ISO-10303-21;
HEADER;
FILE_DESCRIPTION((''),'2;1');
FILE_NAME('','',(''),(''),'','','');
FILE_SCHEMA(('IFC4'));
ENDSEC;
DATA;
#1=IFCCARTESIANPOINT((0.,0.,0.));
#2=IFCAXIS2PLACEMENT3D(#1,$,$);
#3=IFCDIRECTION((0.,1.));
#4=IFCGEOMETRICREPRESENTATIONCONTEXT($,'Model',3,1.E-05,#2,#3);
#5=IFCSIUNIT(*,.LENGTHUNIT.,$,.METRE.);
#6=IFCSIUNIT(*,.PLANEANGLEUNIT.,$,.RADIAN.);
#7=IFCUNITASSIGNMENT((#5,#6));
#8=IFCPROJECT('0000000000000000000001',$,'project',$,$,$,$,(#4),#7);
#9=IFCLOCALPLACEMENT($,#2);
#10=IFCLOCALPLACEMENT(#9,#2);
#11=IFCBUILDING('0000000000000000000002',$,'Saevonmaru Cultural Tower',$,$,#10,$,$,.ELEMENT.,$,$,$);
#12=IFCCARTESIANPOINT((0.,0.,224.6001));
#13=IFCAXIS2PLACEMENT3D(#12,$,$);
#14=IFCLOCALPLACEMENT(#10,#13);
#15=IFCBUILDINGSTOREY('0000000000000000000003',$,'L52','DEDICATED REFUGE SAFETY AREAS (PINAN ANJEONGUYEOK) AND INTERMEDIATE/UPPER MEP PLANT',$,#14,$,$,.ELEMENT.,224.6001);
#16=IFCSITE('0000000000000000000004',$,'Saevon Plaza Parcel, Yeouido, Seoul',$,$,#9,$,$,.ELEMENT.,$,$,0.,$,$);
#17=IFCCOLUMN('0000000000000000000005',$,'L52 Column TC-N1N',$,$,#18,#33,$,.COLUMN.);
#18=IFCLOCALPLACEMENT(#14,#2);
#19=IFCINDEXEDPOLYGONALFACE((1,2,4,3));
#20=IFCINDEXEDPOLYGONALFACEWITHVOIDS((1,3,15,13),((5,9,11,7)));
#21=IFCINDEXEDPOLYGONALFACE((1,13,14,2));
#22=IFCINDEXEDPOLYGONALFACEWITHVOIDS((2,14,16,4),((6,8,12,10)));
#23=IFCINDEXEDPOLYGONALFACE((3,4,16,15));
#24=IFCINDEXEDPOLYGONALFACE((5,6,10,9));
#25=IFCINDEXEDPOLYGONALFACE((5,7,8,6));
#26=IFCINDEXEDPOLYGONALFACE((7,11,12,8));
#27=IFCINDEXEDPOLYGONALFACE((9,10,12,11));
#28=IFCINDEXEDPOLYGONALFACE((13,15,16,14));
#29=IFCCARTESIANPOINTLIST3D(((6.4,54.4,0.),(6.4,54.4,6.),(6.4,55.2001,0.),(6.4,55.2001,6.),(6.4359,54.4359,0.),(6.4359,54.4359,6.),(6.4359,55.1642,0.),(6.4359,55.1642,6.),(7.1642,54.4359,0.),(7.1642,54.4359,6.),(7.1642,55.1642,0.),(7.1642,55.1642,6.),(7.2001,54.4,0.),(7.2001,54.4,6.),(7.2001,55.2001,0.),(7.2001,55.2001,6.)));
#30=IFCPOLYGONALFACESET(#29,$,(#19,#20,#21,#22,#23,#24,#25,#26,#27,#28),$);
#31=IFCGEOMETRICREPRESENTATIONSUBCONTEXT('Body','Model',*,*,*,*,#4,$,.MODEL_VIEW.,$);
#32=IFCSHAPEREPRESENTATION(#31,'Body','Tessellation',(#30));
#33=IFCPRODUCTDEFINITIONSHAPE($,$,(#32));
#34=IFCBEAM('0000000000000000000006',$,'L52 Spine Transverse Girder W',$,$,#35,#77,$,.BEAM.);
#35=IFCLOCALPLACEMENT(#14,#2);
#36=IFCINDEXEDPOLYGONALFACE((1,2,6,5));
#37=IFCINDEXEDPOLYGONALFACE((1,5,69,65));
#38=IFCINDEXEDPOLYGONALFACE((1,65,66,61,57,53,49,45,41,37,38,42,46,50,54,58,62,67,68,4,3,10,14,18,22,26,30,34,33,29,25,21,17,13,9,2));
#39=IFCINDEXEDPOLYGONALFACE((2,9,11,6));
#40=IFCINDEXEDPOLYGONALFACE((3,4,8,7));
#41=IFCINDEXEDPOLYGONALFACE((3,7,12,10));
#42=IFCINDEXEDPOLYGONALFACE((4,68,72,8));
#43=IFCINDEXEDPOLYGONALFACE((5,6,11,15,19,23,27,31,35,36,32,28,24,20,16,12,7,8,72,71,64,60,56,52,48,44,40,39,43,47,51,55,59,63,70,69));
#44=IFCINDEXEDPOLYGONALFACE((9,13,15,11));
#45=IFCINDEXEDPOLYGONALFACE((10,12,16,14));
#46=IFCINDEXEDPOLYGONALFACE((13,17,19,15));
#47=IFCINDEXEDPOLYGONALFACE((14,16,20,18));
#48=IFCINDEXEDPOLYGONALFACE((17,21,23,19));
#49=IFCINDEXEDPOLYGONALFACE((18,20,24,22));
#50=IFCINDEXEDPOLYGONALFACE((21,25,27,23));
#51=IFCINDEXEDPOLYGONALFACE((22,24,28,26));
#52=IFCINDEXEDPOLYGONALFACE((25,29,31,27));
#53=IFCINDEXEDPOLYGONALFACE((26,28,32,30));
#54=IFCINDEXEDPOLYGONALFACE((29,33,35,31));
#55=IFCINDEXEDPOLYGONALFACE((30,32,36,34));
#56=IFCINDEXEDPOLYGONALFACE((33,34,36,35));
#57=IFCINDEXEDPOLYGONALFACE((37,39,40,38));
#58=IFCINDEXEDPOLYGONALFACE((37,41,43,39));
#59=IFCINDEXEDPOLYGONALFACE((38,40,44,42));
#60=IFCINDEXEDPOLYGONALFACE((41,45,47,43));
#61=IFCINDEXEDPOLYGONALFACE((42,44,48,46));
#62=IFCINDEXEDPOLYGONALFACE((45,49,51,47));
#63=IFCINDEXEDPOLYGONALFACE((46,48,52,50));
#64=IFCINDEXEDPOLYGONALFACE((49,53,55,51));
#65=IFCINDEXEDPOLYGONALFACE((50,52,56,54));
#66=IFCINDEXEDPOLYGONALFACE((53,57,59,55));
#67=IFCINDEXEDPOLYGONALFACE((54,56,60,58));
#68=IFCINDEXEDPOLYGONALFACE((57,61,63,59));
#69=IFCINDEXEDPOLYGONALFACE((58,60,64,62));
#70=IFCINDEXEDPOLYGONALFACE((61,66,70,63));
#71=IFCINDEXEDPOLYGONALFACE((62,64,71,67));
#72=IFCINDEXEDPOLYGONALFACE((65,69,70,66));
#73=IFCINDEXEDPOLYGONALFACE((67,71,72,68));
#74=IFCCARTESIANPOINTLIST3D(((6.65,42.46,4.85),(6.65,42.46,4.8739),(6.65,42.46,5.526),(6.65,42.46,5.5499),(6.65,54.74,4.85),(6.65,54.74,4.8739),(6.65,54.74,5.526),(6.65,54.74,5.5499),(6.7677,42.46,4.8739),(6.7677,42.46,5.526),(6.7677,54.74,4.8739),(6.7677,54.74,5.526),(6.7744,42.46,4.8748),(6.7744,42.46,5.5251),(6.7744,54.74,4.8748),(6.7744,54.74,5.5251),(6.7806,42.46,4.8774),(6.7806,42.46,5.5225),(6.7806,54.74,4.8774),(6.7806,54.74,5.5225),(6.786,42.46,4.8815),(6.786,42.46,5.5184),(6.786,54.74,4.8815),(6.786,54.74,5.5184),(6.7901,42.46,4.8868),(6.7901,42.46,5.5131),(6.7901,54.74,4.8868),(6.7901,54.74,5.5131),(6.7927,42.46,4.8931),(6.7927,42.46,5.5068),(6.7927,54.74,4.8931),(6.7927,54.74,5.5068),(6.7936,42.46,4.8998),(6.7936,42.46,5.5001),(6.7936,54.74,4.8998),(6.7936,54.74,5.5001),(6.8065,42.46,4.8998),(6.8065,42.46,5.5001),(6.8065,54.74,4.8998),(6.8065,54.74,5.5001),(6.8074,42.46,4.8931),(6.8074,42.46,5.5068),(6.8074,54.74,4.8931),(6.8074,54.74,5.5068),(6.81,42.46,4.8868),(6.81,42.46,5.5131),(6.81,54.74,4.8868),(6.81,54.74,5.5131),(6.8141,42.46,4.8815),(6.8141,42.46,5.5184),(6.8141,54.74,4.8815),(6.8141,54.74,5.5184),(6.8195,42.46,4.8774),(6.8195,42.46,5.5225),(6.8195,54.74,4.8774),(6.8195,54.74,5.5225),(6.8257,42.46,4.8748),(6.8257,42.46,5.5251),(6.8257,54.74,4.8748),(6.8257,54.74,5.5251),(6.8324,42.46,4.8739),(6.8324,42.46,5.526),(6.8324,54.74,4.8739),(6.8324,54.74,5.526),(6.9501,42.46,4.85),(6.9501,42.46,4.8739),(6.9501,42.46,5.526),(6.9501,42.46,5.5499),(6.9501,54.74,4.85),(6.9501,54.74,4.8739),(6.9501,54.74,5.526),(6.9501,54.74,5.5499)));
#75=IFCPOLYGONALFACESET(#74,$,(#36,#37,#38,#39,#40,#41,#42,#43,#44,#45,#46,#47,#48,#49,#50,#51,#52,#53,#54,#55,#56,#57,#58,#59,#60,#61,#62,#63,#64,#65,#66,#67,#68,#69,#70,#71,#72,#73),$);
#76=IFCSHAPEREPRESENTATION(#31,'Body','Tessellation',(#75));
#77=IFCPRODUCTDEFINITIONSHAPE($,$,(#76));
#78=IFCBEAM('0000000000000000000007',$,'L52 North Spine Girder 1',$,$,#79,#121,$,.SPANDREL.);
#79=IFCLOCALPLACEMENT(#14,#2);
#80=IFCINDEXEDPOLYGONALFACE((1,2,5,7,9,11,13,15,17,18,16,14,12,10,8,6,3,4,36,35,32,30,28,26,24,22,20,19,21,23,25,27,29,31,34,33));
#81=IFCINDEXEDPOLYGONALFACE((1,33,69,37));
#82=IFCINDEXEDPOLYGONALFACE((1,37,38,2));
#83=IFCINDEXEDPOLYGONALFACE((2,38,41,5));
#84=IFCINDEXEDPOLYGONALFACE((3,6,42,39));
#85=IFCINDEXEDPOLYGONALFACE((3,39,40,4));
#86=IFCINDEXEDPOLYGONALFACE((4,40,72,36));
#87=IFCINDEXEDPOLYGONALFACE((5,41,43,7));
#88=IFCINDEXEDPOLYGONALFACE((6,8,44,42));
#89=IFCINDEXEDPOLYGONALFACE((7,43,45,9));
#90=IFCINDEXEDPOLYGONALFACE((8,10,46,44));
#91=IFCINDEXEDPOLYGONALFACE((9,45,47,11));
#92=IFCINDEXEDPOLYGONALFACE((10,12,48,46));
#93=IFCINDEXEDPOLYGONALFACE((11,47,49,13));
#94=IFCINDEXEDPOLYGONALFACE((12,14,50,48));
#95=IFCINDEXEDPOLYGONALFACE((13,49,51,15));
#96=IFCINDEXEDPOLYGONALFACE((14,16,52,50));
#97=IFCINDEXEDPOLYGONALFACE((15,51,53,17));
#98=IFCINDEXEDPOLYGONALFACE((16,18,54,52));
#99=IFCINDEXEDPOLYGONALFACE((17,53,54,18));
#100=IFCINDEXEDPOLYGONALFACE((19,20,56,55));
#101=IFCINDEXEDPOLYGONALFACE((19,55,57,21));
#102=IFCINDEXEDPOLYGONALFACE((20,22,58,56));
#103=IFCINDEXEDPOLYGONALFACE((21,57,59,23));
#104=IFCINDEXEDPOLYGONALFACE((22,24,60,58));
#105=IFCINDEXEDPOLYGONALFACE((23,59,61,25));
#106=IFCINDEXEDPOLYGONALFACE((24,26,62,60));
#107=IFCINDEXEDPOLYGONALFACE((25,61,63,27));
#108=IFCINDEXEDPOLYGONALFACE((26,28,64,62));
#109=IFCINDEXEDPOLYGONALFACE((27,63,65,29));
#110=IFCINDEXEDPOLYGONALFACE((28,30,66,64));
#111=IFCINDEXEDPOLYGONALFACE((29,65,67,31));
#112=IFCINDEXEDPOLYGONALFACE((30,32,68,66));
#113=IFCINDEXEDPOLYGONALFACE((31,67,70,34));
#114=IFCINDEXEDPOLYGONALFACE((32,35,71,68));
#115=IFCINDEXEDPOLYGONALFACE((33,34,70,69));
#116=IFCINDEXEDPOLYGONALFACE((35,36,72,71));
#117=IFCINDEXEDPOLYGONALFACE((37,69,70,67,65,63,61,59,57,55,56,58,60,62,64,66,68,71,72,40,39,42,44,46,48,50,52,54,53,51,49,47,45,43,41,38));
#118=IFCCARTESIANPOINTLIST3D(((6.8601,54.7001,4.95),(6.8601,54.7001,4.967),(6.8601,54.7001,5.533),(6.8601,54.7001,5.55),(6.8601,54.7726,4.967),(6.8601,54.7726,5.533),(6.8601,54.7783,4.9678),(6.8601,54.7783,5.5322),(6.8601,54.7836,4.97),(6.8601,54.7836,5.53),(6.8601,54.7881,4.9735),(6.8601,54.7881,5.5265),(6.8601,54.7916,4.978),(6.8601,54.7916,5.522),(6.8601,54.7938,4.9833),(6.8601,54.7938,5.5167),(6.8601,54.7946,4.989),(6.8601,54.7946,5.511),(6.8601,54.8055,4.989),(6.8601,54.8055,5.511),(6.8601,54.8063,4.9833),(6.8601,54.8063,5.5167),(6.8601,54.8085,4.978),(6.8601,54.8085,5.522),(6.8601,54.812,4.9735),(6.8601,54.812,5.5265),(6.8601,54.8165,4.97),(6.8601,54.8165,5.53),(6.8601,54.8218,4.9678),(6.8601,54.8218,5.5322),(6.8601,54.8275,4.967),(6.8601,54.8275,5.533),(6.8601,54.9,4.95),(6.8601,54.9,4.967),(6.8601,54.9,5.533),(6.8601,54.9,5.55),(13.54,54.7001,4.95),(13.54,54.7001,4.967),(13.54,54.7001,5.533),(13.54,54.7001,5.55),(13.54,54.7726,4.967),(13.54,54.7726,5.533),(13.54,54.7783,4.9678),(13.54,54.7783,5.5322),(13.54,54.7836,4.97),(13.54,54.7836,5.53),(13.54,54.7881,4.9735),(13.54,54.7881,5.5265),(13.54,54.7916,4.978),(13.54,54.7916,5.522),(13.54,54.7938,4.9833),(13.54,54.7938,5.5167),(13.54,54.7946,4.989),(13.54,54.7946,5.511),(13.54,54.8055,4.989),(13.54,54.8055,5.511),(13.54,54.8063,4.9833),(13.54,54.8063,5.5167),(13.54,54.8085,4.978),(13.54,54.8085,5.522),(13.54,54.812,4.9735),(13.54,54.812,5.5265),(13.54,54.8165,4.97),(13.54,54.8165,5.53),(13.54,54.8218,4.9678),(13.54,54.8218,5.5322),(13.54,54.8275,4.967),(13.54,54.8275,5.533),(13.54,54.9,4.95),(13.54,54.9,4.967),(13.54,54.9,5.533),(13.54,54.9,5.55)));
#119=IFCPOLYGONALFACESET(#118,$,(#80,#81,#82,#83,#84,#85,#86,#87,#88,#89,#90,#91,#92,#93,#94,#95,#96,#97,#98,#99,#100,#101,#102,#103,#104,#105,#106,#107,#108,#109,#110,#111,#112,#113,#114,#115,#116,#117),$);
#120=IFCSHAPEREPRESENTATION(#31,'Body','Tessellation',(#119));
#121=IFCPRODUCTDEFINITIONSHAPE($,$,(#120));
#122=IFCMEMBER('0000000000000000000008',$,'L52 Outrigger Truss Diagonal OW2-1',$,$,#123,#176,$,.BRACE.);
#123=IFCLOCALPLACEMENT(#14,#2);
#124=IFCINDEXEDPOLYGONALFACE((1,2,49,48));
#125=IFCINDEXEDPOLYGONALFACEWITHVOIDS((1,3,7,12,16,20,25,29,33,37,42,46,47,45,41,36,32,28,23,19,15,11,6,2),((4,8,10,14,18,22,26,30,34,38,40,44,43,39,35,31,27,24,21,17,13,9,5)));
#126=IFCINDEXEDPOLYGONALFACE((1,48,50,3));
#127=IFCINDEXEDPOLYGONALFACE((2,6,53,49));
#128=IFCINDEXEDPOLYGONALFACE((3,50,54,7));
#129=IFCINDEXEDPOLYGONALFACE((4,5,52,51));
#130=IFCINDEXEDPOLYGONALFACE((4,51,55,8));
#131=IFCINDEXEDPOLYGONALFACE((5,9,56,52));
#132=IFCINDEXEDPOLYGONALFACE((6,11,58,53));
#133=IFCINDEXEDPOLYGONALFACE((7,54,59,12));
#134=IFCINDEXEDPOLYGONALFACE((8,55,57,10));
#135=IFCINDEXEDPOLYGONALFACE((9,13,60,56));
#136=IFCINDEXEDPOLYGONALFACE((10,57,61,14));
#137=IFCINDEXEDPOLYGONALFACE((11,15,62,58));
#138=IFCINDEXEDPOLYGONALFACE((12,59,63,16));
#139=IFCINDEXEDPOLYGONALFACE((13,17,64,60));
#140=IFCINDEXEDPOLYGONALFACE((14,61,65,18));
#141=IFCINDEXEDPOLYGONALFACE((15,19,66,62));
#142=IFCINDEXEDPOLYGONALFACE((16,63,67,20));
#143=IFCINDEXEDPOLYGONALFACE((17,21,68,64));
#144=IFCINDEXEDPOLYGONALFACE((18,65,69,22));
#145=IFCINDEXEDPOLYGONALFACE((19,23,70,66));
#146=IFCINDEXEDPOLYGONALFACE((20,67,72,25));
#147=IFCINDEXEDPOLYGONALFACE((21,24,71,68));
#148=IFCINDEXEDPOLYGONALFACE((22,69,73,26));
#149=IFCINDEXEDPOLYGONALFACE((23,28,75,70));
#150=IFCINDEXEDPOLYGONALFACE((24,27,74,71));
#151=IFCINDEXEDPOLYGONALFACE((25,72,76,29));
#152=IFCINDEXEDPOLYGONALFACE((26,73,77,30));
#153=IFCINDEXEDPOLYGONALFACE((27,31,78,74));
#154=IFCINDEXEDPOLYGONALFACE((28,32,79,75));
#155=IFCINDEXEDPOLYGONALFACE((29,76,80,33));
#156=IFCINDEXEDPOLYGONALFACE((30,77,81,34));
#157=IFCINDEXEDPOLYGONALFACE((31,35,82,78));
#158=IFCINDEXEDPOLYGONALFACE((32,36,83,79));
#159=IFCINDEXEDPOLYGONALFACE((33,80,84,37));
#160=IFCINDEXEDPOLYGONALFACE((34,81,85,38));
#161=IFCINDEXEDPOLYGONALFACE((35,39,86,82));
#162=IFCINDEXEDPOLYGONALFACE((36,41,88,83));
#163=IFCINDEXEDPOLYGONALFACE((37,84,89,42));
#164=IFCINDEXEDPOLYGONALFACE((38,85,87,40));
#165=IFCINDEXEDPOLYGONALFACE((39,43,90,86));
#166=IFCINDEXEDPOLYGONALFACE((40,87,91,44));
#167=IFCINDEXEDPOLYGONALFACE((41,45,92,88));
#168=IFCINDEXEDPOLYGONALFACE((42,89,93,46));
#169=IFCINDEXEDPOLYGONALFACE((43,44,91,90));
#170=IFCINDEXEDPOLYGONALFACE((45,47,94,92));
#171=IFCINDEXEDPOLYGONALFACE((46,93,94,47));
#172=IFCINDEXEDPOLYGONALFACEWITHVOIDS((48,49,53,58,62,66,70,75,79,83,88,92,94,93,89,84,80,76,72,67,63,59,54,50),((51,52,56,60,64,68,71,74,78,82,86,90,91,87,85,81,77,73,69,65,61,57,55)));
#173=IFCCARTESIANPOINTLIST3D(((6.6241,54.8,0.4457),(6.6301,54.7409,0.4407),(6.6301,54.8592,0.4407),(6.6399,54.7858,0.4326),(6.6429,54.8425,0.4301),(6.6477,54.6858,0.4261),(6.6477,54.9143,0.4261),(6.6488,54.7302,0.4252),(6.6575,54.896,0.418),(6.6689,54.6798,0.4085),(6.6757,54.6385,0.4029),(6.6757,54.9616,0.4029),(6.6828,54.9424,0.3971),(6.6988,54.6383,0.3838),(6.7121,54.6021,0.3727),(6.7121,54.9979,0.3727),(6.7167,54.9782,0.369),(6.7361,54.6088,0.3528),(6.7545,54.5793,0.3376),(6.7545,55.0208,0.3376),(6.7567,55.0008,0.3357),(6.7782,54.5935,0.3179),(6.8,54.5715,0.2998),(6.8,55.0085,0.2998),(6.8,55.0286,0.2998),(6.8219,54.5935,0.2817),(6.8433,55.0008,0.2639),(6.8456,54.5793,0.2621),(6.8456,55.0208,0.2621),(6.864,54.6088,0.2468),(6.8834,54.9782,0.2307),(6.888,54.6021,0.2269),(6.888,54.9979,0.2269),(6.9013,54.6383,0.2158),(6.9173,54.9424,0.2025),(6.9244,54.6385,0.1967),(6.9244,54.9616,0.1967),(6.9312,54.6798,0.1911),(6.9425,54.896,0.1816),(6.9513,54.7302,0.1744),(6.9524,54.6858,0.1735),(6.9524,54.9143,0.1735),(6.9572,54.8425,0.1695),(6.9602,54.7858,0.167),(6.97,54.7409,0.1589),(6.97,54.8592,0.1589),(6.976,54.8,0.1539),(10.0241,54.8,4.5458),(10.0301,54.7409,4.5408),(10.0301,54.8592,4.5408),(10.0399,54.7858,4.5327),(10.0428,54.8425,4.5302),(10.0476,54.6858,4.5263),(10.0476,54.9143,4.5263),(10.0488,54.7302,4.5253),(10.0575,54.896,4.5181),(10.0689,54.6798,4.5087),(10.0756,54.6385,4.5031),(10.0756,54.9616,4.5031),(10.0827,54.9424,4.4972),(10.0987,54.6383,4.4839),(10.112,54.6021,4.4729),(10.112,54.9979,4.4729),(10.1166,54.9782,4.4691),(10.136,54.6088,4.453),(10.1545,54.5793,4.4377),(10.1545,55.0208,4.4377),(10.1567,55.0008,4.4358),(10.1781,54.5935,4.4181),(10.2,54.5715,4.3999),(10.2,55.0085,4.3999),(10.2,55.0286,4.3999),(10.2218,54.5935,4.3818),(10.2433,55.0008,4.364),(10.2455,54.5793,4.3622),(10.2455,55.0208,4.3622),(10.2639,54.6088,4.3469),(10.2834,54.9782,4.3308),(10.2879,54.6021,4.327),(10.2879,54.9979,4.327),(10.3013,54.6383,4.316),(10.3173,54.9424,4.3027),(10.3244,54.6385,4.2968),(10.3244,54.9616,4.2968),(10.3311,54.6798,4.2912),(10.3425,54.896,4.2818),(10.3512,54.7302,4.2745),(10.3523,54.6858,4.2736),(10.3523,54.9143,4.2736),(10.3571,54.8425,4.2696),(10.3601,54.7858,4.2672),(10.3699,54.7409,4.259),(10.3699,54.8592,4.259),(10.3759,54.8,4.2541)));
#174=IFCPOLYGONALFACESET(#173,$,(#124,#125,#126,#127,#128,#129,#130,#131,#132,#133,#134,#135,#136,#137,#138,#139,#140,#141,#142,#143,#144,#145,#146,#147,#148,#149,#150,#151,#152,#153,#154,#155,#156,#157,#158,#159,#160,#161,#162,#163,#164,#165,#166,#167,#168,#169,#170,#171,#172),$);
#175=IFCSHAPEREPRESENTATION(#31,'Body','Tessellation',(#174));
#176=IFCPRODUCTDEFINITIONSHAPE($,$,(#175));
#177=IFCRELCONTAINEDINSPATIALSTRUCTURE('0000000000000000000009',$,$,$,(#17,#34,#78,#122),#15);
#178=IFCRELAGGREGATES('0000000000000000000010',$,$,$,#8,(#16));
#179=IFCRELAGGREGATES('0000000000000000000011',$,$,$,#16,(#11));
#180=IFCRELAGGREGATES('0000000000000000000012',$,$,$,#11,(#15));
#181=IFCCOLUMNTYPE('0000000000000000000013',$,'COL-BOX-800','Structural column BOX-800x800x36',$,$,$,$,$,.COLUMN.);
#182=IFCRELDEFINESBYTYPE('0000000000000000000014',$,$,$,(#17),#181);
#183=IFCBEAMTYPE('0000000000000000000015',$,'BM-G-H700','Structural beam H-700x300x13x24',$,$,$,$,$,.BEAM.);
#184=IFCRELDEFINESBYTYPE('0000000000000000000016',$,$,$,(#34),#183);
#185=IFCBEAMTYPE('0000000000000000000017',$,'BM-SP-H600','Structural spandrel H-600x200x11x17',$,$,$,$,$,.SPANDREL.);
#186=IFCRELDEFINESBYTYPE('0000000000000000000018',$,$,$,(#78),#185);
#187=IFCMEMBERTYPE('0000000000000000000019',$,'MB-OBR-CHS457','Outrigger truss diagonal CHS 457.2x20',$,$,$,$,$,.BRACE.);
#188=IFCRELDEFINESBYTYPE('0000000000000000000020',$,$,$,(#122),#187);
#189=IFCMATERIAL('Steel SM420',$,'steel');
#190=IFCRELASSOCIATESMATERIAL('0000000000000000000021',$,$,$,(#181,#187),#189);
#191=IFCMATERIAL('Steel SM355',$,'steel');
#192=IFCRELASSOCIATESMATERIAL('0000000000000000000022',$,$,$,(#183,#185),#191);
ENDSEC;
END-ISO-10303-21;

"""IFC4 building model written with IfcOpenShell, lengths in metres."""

from ifc_helpers import new_model, si_unit, direction, frame, origin, origin_2d, place, context, subcontext, project, spatial, hollow_rectangle, hollow_circle, i_section, extrude, material, material_profile, profile_set, type_object, element, save


model = new_model("IFC4")

# Units and contexts
model_context = context("Model", 3, precision=1e-05, world=origin(), true_north=direction((0.0, 1.0)))
body_context = subcontext(model_context, "Body", "Model", "MODEL_VIEW")
ifc_project = project(units=[si_unit("LENGTHUNIT", "METRE"), si_unit("PLANEANGLEUNIT", "RADIAN")], contexts=[model_context])

# Site, building, storey
site_placement = place(None, origin())
site = spatial("IfcSite", under=ifc_project, at=site_placement, Name="Saevon Plaza Parcel, Yeouido, Seoul", CompositionType="ELEMENT", RefElevation=0.0)
building_placement = place(site_placement, origin())
building = spatial("IfcBuilding", under=site, at=building_placement, Name="Saevonmaru Cultural Tower", CompositionType="ELEMENT")
storey_placement = place(building_placement, frame((0.0, 0.0, 224.6001)))
storey = spatial("IfcBuildingStorey", under=building, at=storey_placement, Name="L52", Description="DEDICATED REFUGE SAFETY AREAS (PINAN ANJEONGUYEOK) AND INTERMEDIATE/UPPER MEP PLANT", CompositionType="ELEMENT", Elevation=224.6001)

# Column
ifc_material_1 = material(Name="Steel SM420", Category="steel")
ifc_material_profile_1 = material_profile(ifc_material_1, hollow_rectangle(XDim=0.8, YDim=0.8, WallThickness=0.0359, at=origin_2d()), Name="BOX-800x800x36")
ifc_profile_set_1 = profile_set([ifc_material_profile_1], Name="Steel SM420")
column_type = type_object("IfcColumnType", Name="COL-BOX-800", Description="Structural column BOX-800x800x36", PredefinedType="COLUMN", material=ifc_profile_set_1)
column_placement = place(storey_placement, frame((6.8, 54.8, 0.0), z_axis=(0.0, 0.0, 1.0), x_axis=(1.0, 0.0, 0.0)))
element("IfcColumn", 1, at=column_placement, inside=storey, type_object=column_type, Name="L52 Column TC-N1N", PredefinedType="COLUMN", context=body_context, shape_type="SweptSolid", body=[
    extrude(hollow_rectangle(XDim=0.8, YDim=0.8, WallThickness=0.0359, at=origin_2d()), origin(), (0.0, 0.0, 1.0), 6.0),
])

# Beams
ifc_material_2 = material(Name="Steel SM355", Category="steel")
ifc_material_profile_2 = material_profile(ifc_material_2, i_section(OverallWidth=0.3, OverallDepth=0.7, WebThickness=0.0129, FlangeThickness=0.0239, FilletRadius=0.0259, at=origin_2d()), Name="H-700x300x13x24")
ifc_profile_set_2 = profile_set([ifc_material_profile_2], Name="Steel SM355")
beam_type_1 = type_object("IfcBeamType", Name="BM-G-H700", Description="Structural beam H-700x300x13x24", PredefinedType="BEAM", material=ifc_profile_set_2)
beam_1_placement = place(storey_placement, frame((6.8, 54.74, 5.2), z_axis=(0.0, -1.0, 0.0), x_axis=(1.0, 0.0, 0.0)))
element("IfcBeam", 2, at=beam_1_placement, inside=storey, type_object=beam_type_1, Name="L52 Spine Transverse Girder W", PredefinedType="BEAM", context=body_context, shape_type="SweptSolid", body=[
    extrude(i_section(OverallWidth=0.3, OverallDepth=0.7, WebThickness=0.0129, FlangeThickness=0.0239, FilletRadius=0.0259, at=origin_2d()), origin(), (0.0, 0.0, 1.0), 12.28),
])
ifc_material_profile_3 = material_profile(ifc_material_2, i_section(OverallWidth=0.2, OverallDepth=0.6001, WebThickness=0.011, FlangeThickness=0.0171, FilletRadius=0.022, at=origin_2d()), Name="H-600x200x11x17")
ifc_profile_set_3 = profile_set([ifc_material_profile_3], Name="Steel SM355")
beam_type_2 = type_object("IfcBeamType", Name="BM-SP-H600", Description="Structural spandrel H-600x200x11x17", PredefinedType="SPANDREL", material=ifc_profile_set_3)
beam_2_placement = place(storey_placement, frame((6.8601, 54.8, 5.25), z_axis=(1.0, 0.0, 0.0), x_axis=(0.0, 1.0, 0.0)))
element("IfcBeam", 3, at=beam_2_placement, inside=storey, type_object=beam_type_2, Name="L52 North Spine Girder 1", PredefinedType="SPANDREL", context=body_context, shape_type="SweptSolid", body=[
    extrude(i_section(OverallWidth=0.2, OverallDepth=0.6001, WebThickness=0.011, FlangeThickness=0.0171, FilletRadius=0.022, at=origin_2d()), origin(), (0.0, 0.0, 1.0), 6.6799),
])

# Member
ifc_material_profile_4 = material_profile(ifc_material_1, hollow_circle(Radius=0.2285, WallThickness=0.02, at=origin_2d()), Name="CHS-457.2x20")
ifc_profile_set_4 = profile_set([ifc_material_profile_4], Name="Steel SM420")
member_type_1 = type_object("IfcMemberType", Name="MB-OBR-CHS457", Description="Outrigger truss diagonal CHS 457.2x20", PredefinedType="BRACE", material=ifc_profile_set_4)
member_1_placement = place(storey_placement, frame((6.8, 54.8, 0.2998), z_axis=(0.638316, 0.0, 0.769774), x_axis=(0.0, 1.0, 0.0)))
element("IfcMember", 4, at=member_1_placement, inside=storey, type_object=member_type_1, Name="L52 Outrigger Truss Diagonal OW2-1", PredefinedType="BRACE", context=body_context, shape_type="SweptSolid", body=[
    extrude(hollow_circle(Radius=0.2285, WallThickness=0.02, at=origin_2d()), origin(), (0.0, 0.0, 1.0), 5.3264),
])

save(model, "model.ifc")
